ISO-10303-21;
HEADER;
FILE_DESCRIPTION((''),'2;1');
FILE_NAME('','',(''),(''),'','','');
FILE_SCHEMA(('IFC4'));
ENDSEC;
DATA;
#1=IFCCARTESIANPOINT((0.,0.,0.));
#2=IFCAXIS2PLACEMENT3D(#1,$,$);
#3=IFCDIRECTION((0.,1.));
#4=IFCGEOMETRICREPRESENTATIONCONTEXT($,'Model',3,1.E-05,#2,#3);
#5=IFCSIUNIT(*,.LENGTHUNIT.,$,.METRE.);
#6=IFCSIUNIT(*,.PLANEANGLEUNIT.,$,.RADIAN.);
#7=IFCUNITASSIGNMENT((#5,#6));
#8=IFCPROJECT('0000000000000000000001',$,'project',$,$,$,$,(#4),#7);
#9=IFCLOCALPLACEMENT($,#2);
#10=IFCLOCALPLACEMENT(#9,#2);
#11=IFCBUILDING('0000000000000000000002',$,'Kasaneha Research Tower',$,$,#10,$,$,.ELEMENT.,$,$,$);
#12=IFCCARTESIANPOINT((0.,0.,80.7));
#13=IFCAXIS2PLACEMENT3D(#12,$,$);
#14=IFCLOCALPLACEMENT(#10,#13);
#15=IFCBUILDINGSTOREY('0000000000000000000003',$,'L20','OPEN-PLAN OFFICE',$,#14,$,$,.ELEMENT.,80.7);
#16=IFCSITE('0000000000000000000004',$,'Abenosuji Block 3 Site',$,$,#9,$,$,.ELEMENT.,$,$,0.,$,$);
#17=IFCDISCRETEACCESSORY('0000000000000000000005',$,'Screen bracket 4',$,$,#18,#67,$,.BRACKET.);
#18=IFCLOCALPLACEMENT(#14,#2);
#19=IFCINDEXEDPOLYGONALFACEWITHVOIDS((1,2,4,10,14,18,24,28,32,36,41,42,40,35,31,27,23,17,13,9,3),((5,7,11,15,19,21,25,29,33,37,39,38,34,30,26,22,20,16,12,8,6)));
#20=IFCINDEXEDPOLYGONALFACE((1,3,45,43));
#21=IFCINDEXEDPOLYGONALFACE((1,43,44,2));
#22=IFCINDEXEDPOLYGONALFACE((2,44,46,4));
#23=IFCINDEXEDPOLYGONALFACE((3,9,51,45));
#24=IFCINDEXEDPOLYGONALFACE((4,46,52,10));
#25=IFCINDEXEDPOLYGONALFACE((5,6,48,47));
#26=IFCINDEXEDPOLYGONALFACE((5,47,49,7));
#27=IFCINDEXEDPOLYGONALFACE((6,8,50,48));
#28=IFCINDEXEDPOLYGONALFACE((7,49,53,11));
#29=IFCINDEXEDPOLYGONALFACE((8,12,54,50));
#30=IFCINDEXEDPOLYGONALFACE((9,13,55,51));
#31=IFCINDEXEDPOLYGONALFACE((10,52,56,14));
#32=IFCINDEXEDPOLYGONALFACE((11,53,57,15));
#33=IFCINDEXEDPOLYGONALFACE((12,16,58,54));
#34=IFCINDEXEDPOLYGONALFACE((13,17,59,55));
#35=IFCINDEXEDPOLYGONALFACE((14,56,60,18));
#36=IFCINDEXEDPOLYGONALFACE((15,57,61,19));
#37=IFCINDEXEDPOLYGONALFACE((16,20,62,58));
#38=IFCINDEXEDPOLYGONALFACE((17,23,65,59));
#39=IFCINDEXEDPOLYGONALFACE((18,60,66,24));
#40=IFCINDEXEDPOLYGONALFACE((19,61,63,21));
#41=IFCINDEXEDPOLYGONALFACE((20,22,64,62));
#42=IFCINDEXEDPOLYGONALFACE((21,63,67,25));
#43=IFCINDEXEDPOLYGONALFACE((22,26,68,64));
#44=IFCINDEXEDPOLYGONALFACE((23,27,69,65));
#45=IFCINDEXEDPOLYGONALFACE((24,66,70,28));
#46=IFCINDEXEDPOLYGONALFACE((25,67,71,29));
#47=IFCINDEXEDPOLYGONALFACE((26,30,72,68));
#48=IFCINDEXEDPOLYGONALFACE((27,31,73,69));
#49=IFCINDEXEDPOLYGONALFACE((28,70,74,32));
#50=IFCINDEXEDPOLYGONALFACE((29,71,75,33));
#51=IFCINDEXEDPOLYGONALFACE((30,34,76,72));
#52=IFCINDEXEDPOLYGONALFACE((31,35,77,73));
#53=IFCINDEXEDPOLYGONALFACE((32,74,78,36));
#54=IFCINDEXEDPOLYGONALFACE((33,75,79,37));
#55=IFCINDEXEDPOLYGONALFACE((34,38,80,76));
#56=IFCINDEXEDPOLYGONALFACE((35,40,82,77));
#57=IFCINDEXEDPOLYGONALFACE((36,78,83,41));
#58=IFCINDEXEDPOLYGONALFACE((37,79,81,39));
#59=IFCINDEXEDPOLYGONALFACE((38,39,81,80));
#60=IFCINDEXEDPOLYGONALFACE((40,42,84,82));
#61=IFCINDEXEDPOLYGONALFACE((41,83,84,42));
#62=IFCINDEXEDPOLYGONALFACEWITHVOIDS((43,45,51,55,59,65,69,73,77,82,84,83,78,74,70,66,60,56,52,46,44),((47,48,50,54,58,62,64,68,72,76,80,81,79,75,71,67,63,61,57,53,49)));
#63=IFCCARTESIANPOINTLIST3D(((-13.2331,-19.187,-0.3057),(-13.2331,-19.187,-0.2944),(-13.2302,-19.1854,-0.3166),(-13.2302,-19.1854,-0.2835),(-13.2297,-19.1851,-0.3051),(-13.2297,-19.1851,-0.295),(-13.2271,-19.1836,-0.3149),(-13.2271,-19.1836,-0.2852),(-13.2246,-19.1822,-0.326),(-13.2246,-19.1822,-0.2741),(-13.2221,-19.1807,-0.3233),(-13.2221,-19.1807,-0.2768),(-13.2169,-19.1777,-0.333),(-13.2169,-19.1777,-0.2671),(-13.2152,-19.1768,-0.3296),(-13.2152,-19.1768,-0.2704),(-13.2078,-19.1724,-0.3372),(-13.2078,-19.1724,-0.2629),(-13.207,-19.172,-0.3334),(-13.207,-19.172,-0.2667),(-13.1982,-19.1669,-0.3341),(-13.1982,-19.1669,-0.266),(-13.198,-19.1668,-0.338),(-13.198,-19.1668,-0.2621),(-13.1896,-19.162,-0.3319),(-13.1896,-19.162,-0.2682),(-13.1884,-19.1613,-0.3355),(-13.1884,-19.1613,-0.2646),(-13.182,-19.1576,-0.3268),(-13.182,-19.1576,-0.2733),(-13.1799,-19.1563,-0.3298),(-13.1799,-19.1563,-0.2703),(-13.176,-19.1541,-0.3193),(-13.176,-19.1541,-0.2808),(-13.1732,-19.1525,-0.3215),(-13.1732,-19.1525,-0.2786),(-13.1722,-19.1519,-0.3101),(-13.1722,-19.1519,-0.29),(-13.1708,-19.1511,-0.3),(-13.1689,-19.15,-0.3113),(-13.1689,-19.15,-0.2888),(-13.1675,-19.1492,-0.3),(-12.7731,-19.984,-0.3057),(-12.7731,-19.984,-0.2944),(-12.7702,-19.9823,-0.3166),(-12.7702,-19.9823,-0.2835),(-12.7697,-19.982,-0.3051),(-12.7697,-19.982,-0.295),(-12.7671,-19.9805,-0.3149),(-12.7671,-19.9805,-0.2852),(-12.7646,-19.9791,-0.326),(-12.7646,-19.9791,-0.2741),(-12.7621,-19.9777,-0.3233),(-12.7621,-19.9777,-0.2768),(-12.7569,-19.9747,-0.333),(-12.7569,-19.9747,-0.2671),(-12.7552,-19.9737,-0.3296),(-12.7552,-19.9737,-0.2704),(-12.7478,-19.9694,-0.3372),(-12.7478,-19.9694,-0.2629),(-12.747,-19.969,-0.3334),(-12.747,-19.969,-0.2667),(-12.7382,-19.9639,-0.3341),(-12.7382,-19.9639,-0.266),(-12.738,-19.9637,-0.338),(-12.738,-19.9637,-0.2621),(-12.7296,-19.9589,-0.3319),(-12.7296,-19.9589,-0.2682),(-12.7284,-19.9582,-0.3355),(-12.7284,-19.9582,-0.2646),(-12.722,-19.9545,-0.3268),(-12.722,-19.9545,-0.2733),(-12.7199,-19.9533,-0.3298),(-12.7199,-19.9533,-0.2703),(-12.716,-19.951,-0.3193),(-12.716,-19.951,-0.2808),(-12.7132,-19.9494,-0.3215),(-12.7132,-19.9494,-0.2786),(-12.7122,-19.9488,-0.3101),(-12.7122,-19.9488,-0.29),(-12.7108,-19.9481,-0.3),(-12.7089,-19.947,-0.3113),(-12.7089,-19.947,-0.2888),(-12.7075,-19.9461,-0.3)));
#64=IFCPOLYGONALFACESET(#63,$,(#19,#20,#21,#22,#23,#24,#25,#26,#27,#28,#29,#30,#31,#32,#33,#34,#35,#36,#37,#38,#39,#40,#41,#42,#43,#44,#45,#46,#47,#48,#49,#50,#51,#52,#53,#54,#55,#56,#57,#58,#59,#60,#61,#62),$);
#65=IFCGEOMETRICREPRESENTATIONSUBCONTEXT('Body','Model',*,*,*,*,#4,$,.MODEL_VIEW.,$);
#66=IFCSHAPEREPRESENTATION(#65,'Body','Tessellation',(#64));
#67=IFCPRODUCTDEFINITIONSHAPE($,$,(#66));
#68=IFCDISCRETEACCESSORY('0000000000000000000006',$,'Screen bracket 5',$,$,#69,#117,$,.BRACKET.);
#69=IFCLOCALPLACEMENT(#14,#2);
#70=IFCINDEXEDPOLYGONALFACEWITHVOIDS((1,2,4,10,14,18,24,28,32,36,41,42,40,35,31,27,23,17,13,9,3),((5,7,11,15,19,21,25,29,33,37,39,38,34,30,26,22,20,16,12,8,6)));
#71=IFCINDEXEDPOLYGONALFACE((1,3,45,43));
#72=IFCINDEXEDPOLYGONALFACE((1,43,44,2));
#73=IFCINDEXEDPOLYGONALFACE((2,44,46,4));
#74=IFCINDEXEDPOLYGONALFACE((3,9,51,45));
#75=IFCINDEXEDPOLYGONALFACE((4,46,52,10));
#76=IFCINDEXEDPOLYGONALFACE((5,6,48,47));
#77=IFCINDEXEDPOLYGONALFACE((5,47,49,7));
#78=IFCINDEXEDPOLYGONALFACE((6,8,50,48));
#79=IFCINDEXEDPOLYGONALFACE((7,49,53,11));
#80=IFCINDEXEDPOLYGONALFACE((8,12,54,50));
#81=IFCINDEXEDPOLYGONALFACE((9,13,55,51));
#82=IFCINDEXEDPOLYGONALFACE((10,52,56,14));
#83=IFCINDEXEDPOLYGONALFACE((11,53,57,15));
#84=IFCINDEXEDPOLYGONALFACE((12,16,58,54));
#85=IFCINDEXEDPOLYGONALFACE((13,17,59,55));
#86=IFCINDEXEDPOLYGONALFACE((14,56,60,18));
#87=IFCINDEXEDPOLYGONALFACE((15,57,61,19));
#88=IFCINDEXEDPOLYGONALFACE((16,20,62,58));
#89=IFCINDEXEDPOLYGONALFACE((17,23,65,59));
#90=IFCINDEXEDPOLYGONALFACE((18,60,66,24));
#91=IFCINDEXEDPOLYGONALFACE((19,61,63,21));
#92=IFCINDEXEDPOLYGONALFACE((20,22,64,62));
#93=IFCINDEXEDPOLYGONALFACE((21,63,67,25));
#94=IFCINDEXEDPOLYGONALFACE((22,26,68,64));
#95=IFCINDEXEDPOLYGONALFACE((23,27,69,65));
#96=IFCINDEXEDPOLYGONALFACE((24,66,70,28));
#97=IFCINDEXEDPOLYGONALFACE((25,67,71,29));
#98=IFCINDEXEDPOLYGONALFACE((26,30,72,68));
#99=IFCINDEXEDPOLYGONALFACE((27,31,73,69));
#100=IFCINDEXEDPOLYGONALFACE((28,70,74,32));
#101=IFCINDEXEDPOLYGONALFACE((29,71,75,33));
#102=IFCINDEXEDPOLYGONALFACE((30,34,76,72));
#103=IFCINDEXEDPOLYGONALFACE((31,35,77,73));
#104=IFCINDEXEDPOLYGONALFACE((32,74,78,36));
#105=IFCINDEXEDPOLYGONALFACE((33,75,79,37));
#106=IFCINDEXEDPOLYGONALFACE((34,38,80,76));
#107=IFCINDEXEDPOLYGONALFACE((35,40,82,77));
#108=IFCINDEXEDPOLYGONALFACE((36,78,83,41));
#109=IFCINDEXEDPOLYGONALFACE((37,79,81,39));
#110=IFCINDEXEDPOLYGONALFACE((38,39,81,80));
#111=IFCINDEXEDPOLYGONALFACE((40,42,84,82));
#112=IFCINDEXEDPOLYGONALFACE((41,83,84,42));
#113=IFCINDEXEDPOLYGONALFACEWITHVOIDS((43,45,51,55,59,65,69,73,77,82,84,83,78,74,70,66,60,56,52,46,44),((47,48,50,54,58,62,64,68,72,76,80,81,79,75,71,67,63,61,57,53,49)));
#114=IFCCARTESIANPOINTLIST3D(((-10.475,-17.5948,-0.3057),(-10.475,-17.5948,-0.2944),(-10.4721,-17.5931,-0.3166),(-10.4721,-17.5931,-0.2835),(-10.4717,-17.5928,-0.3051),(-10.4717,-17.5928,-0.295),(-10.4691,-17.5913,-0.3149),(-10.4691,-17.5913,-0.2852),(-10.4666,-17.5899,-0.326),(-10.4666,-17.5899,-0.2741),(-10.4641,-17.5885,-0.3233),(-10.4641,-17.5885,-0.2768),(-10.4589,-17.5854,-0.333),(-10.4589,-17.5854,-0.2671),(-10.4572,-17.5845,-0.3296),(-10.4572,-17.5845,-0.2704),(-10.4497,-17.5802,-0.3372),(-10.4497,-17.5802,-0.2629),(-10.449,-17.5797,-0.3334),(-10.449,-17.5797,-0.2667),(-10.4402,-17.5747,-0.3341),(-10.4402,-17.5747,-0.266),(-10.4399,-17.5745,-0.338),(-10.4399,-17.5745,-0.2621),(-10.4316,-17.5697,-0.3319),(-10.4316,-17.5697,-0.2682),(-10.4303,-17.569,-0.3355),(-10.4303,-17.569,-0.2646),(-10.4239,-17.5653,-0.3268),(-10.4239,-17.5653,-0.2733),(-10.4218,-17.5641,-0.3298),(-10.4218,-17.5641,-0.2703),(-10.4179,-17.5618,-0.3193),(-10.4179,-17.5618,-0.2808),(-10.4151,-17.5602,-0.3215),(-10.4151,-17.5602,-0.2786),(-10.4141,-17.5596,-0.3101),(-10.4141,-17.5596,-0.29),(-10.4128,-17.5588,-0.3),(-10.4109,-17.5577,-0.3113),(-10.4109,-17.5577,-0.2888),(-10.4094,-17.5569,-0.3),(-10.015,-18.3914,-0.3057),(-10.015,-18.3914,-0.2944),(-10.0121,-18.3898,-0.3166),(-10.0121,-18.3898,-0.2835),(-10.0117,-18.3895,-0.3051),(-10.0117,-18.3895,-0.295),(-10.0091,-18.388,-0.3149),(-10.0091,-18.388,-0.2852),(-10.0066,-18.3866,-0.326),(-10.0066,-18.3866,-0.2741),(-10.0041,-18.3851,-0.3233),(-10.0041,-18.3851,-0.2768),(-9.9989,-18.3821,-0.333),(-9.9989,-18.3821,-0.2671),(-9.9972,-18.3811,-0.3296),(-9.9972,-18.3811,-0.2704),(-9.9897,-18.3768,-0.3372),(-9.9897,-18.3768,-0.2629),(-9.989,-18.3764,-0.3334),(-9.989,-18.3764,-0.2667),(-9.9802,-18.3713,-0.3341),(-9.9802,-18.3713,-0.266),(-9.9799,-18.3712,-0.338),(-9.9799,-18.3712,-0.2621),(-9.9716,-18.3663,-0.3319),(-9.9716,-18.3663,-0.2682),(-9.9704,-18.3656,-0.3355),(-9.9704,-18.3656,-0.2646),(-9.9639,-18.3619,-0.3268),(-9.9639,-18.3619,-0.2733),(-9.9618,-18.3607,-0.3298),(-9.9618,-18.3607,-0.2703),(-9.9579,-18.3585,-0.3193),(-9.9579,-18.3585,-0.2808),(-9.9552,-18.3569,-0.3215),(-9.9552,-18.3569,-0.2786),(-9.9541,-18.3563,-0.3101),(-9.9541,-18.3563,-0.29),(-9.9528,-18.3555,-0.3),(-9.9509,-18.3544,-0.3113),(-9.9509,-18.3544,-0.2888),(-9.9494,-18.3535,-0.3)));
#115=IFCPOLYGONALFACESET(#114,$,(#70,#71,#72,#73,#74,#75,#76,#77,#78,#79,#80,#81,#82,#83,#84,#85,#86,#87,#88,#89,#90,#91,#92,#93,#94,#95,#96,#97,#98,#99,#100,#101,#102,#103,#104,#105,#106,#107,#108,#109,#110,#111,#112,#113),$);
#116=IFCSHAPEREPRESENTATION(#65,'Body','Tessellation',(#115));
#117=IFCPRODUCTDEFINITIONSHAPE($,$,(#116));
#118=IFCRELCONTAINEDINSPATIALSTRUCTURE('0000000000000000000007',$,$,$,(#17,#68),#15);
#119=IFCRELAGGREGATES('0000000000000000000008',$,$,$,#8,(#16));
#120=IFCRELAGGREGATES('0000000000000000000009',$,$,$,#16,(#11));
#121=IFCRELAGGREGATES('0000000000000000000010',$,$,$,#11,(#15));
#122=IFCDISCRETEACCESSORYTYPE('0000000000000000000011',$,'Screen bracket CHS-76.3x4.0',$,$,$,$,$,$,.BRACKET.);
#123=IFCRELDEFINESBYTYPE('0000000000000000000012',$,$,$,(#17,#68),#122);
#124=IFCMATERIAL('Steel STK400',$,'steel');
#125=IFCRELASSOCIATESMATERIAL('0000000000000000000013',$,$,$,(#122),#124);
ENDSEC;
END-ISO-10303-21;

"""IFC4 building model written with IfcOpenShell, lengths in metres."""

from ifc_helpers import new_model, si_unit, direction, frame, origin, origin_2d, place, context, subcontext, project, spatial, hollow_circle, extrude, material, material_profile, profile_set, type_object, element, save


model = new_model("IFC4")

# Units and contexts
model_context = context("Model", 3, precision=1e-05, world=origin(), true_north=direction((0.0, 1.0)))
body_context = subcontext(model_context, "Body", "Model", "MODEL_VIEW")
ifc_project = project(units=[si_unit("LENGTHUNIT", "METRE"), si_unit("PLANEANGLEUNIT", "RADIAN")], contexts=[model_context])

# Site, building, storey
site_placement = place(None, origin())
site = spatial("IfcSite", under=ifc_project, at=site_placement, Name="Abenosuji Block 3 Site", CompositionType="ELEMENT", RefElevation=0.0)
building_placement = place(site_placement, origin())
building = spatial("IfcBuilding", under=site, at=building_placement, Name="Kasaneha Research Tower", CompositionType="ELEMENT")
storey_placement = place(building_placement, frame((0.0, 0.0, 80.7)))
storey = spatial("IfcBuildingStorey", under=building, at=storey_placement, Name="L20", Description="OPEN-PLAN OFFICE", CompositionType="ELEMENT", Elevation=80.7)

# Discrete accessories
ifc_material_1 = material(Name="Steel STK400", Category="steel")
ifc_material_profile_1 = material_profile(ifc_material_1, hollow_circle(Radius=0.0381, WallThickness=0.0039, at=origin_2d()), Name="CHS-76.3x4.0")
ifc_profile_set_1 = profile_set([ifc_material_profile_1], Name="Steel STK400")
discrete_accessory_type = type_object("IfcDiscreteAccessoryType", Name="Screen bracket CHS-76.3x4.0", PredefinedType="BRACKET", material=ifc_profile_set_1)
discrete_accessory_1_placement = place(storey_placement, frame((-13.2004, -19.1682, -0.3), z_axis=(0.499906, -0.86608, 0.0), x_axis=(0.86608, 0.499906, 0.0)))
element("IfcDiscreteAccessory", 1, at=discrete_accessory_1_placement, inside=storey, type_object=discrete_accessory_type, Name="Screen bracket 4", PredefinedType="BRACKET", context=body_context, shape_type="SweptSolid", body=[
    extrude(hollow_circle(Radius=0.0381, WallThickness=0.0039, at=origin_2d()), origin(), (0.0, 0.0, 1.0), 0.9202),
])
discrete_accessory_2_placement = place(storey_placement, frame((-10.4424, -17.5759, -0.3), z_axis=(0.500021, -0.866013, 0.0), x_axis=(0.866013, 0.500021, 0.0)))
element("IfcDiscreteAccessory", 2, at=discrete_accessory_2_placement, inside=storey, type_object=discrete_accessory_type, Name="Screen bracket 5", PredefinedType="BRACKET", context=body_context, shape_type="SweptSolid", body=[
    extrude(hollow_circle(Radius=0.0381, WallThickness=0.0039, at=origin_2d()), origin(), (0.0, 0.0, 1.0), 0.9199),
])

save(model, "model.ifc")
